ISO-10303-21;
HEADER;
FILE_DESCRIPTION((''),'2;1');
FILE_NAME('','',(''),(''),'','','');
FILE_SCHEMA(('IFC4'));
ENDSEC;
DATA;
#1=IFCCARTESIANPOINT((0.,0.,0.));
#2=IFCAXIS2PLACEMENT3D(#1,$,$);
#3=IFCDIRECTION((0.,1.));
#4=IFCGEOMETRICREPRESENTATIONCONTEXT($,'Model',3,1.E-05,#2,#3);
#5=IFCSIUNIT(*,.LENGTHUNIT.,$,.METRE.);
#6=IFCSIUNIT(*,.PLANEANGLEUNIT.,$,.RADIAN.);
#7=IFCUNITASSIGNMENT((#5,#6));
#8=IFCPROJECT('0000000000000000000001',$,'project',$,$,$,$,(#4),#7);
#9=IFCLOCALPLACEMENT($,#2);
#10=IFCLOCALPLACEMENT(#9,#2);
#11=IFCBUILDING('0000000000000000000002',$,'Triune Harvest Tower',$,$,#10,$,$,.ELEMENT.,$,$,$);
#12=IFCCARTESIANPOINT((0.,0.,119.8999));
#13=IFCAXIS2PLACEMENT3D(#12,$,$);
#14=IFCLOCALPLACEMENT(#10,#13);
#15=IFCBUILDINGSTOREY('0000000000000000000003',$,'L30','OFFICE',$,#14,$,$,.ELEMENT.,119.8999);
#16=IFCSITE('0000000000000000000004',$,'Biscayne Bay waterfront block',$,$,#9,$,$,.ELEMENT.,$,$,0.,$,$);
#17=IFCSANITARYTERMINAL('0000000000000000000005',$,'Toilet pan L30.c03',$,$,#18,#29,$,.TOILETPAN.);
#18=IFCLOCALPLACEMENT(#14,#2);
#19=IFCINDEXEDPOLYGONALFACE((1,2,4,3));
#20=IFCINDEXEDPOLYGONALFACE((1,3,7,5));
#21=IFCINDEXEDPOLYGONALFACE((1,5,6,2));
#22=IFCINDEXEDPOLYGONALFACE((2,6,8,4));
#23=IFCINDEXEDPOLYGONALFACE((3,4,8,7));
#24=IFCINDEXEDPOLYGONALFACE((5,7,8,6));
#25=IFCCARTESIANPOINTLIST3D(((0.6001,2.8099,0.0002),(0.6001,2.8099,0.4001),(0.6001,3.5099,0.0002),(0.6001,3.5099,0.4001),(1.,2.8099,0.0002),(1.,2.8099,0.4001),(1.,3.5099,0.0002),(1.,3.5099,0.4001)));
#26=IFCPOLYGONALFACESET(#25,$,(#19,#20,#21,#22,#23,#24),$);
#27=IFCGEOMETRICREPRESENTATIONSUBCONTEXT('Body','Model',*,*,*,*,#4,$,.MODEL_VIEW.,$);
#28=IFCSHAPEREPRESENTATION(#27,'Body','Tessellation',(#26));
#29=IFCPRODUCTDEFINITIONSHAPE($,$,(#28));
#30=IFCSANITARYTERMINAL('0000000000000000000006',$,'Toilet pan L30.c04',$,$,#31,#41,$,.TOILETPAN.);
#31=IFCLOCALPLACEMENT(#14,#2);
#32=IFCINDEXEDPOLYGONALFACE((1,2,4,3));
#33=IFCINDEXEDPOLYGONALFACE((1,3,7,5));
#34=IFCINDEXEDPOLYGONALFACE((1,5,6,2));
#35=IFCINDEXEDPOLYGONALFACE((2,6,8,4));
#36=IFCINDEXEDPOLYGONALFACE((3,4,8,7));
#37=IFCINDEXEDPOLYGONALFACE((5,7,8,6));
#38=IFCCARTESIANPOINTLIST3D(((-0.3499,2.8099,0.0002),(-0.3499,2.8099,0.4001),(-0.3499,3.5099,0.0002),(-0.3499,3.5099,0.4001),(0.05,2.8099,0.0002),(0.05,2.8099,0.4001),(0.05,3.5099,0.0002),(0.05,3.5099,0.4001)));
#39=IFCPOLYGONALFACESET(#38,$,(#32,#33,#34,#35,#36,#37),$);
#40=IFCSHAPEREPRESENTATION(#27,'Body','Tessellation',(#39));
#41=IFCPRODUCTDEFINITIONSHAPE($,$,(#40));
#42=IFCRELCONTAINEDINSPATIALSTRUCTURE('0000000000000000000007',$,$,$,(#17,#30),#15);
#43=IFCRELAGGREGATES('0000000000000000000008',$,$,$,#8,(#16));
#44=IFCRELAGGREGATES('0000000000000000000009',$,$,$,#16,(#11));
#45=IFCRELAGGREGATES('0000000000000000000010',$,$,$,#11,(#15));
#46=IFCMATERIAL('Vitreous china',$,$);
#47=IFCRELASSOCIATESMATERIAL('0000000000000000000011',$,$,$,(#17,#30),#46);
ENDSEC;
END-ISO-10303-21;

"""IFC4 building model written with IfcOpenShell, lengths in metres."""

from ifc_helpers import new_model, si_unit, direction, frame, origin, origin_2d, place, context, subcontext, project, spatial, rectangle, extrude, source, transform, mapped, material, element, save


model = new_model("IFC4")

# Units and contexts
model_context = context("Model", 3, precision=1e-05, world=origin(), true_north=direction((0.0, 1.0)))
body_context = subcontext(model_context, "Body", "Model", "MODEL_VIEW")
ifc_project = project(units=[si_unit("LENGTHUNIT", "METRE"), si_unit("PLANEANGLEUNIT", "RADIAN")], contexts=[model_context])

# Site, building, storey
site_placement = place(None, origin())
site = spatial("IfcSite", under=ifc_project, at=site_placement, Name="Biscayne Bay waterfront block", CompositionType="ELEMENT", RefElevation=0.0)
building_placement = place(site_placement, origin())
building = spatial("IfcBuilding", under=site, at=building_placement, Name="Triune Harvest Tower", CompositionType="ELEMENT")
storey_placement = place(building_placement, frame((0.0, 0.0, 119.8999)))
storey = spatial("IfcBuildingStorey", under=building, at=storey_placement, Name="L30", Description="OFFICE", CompositionType="ELEMENT", Elevation=119.8999)

# Sanitary terminals
ifc_material_1 = material(Name="Vitreous china")
shared_shape_1 = source(origin(), body_context, "Body", "SweptSolid", [
    extrude(rectangle(XDim=0.3999, YDim=0.7, at=origin_2d()), origin(), (0.0, 0.0, 1.0), 0.3999),
])
for number, where, z_axis, x_axis, name in (
    (1, (0.8, 3.1599, 0.0002), (0.0, 0.0, 1.0), (-1.0, 0.0, 0.0), "Toilet pan L30.c03"),
    (2, (-0.1499, 3.1599, 0.0002), (0.0, 0.0, 1.0), (-1.0, 0.0, 0.0), "Toilet pan L30.c04"),
):
    element("IfcSanitaryTerminal", number, at=place(storey_placement, frame(where, z_axis=z_axis, x_axis=x_axis)), inside=storey, material=ifc_material_1, Name=name, PredefinedType="TOILETPAN", context=body_context, shape_type="MappedRepresentation", body=[
        mapped(shared_shape_1, transform((0.0, 0.0, 0.0), scale=1.0)),
    ])

save(model, "model.ifc")
